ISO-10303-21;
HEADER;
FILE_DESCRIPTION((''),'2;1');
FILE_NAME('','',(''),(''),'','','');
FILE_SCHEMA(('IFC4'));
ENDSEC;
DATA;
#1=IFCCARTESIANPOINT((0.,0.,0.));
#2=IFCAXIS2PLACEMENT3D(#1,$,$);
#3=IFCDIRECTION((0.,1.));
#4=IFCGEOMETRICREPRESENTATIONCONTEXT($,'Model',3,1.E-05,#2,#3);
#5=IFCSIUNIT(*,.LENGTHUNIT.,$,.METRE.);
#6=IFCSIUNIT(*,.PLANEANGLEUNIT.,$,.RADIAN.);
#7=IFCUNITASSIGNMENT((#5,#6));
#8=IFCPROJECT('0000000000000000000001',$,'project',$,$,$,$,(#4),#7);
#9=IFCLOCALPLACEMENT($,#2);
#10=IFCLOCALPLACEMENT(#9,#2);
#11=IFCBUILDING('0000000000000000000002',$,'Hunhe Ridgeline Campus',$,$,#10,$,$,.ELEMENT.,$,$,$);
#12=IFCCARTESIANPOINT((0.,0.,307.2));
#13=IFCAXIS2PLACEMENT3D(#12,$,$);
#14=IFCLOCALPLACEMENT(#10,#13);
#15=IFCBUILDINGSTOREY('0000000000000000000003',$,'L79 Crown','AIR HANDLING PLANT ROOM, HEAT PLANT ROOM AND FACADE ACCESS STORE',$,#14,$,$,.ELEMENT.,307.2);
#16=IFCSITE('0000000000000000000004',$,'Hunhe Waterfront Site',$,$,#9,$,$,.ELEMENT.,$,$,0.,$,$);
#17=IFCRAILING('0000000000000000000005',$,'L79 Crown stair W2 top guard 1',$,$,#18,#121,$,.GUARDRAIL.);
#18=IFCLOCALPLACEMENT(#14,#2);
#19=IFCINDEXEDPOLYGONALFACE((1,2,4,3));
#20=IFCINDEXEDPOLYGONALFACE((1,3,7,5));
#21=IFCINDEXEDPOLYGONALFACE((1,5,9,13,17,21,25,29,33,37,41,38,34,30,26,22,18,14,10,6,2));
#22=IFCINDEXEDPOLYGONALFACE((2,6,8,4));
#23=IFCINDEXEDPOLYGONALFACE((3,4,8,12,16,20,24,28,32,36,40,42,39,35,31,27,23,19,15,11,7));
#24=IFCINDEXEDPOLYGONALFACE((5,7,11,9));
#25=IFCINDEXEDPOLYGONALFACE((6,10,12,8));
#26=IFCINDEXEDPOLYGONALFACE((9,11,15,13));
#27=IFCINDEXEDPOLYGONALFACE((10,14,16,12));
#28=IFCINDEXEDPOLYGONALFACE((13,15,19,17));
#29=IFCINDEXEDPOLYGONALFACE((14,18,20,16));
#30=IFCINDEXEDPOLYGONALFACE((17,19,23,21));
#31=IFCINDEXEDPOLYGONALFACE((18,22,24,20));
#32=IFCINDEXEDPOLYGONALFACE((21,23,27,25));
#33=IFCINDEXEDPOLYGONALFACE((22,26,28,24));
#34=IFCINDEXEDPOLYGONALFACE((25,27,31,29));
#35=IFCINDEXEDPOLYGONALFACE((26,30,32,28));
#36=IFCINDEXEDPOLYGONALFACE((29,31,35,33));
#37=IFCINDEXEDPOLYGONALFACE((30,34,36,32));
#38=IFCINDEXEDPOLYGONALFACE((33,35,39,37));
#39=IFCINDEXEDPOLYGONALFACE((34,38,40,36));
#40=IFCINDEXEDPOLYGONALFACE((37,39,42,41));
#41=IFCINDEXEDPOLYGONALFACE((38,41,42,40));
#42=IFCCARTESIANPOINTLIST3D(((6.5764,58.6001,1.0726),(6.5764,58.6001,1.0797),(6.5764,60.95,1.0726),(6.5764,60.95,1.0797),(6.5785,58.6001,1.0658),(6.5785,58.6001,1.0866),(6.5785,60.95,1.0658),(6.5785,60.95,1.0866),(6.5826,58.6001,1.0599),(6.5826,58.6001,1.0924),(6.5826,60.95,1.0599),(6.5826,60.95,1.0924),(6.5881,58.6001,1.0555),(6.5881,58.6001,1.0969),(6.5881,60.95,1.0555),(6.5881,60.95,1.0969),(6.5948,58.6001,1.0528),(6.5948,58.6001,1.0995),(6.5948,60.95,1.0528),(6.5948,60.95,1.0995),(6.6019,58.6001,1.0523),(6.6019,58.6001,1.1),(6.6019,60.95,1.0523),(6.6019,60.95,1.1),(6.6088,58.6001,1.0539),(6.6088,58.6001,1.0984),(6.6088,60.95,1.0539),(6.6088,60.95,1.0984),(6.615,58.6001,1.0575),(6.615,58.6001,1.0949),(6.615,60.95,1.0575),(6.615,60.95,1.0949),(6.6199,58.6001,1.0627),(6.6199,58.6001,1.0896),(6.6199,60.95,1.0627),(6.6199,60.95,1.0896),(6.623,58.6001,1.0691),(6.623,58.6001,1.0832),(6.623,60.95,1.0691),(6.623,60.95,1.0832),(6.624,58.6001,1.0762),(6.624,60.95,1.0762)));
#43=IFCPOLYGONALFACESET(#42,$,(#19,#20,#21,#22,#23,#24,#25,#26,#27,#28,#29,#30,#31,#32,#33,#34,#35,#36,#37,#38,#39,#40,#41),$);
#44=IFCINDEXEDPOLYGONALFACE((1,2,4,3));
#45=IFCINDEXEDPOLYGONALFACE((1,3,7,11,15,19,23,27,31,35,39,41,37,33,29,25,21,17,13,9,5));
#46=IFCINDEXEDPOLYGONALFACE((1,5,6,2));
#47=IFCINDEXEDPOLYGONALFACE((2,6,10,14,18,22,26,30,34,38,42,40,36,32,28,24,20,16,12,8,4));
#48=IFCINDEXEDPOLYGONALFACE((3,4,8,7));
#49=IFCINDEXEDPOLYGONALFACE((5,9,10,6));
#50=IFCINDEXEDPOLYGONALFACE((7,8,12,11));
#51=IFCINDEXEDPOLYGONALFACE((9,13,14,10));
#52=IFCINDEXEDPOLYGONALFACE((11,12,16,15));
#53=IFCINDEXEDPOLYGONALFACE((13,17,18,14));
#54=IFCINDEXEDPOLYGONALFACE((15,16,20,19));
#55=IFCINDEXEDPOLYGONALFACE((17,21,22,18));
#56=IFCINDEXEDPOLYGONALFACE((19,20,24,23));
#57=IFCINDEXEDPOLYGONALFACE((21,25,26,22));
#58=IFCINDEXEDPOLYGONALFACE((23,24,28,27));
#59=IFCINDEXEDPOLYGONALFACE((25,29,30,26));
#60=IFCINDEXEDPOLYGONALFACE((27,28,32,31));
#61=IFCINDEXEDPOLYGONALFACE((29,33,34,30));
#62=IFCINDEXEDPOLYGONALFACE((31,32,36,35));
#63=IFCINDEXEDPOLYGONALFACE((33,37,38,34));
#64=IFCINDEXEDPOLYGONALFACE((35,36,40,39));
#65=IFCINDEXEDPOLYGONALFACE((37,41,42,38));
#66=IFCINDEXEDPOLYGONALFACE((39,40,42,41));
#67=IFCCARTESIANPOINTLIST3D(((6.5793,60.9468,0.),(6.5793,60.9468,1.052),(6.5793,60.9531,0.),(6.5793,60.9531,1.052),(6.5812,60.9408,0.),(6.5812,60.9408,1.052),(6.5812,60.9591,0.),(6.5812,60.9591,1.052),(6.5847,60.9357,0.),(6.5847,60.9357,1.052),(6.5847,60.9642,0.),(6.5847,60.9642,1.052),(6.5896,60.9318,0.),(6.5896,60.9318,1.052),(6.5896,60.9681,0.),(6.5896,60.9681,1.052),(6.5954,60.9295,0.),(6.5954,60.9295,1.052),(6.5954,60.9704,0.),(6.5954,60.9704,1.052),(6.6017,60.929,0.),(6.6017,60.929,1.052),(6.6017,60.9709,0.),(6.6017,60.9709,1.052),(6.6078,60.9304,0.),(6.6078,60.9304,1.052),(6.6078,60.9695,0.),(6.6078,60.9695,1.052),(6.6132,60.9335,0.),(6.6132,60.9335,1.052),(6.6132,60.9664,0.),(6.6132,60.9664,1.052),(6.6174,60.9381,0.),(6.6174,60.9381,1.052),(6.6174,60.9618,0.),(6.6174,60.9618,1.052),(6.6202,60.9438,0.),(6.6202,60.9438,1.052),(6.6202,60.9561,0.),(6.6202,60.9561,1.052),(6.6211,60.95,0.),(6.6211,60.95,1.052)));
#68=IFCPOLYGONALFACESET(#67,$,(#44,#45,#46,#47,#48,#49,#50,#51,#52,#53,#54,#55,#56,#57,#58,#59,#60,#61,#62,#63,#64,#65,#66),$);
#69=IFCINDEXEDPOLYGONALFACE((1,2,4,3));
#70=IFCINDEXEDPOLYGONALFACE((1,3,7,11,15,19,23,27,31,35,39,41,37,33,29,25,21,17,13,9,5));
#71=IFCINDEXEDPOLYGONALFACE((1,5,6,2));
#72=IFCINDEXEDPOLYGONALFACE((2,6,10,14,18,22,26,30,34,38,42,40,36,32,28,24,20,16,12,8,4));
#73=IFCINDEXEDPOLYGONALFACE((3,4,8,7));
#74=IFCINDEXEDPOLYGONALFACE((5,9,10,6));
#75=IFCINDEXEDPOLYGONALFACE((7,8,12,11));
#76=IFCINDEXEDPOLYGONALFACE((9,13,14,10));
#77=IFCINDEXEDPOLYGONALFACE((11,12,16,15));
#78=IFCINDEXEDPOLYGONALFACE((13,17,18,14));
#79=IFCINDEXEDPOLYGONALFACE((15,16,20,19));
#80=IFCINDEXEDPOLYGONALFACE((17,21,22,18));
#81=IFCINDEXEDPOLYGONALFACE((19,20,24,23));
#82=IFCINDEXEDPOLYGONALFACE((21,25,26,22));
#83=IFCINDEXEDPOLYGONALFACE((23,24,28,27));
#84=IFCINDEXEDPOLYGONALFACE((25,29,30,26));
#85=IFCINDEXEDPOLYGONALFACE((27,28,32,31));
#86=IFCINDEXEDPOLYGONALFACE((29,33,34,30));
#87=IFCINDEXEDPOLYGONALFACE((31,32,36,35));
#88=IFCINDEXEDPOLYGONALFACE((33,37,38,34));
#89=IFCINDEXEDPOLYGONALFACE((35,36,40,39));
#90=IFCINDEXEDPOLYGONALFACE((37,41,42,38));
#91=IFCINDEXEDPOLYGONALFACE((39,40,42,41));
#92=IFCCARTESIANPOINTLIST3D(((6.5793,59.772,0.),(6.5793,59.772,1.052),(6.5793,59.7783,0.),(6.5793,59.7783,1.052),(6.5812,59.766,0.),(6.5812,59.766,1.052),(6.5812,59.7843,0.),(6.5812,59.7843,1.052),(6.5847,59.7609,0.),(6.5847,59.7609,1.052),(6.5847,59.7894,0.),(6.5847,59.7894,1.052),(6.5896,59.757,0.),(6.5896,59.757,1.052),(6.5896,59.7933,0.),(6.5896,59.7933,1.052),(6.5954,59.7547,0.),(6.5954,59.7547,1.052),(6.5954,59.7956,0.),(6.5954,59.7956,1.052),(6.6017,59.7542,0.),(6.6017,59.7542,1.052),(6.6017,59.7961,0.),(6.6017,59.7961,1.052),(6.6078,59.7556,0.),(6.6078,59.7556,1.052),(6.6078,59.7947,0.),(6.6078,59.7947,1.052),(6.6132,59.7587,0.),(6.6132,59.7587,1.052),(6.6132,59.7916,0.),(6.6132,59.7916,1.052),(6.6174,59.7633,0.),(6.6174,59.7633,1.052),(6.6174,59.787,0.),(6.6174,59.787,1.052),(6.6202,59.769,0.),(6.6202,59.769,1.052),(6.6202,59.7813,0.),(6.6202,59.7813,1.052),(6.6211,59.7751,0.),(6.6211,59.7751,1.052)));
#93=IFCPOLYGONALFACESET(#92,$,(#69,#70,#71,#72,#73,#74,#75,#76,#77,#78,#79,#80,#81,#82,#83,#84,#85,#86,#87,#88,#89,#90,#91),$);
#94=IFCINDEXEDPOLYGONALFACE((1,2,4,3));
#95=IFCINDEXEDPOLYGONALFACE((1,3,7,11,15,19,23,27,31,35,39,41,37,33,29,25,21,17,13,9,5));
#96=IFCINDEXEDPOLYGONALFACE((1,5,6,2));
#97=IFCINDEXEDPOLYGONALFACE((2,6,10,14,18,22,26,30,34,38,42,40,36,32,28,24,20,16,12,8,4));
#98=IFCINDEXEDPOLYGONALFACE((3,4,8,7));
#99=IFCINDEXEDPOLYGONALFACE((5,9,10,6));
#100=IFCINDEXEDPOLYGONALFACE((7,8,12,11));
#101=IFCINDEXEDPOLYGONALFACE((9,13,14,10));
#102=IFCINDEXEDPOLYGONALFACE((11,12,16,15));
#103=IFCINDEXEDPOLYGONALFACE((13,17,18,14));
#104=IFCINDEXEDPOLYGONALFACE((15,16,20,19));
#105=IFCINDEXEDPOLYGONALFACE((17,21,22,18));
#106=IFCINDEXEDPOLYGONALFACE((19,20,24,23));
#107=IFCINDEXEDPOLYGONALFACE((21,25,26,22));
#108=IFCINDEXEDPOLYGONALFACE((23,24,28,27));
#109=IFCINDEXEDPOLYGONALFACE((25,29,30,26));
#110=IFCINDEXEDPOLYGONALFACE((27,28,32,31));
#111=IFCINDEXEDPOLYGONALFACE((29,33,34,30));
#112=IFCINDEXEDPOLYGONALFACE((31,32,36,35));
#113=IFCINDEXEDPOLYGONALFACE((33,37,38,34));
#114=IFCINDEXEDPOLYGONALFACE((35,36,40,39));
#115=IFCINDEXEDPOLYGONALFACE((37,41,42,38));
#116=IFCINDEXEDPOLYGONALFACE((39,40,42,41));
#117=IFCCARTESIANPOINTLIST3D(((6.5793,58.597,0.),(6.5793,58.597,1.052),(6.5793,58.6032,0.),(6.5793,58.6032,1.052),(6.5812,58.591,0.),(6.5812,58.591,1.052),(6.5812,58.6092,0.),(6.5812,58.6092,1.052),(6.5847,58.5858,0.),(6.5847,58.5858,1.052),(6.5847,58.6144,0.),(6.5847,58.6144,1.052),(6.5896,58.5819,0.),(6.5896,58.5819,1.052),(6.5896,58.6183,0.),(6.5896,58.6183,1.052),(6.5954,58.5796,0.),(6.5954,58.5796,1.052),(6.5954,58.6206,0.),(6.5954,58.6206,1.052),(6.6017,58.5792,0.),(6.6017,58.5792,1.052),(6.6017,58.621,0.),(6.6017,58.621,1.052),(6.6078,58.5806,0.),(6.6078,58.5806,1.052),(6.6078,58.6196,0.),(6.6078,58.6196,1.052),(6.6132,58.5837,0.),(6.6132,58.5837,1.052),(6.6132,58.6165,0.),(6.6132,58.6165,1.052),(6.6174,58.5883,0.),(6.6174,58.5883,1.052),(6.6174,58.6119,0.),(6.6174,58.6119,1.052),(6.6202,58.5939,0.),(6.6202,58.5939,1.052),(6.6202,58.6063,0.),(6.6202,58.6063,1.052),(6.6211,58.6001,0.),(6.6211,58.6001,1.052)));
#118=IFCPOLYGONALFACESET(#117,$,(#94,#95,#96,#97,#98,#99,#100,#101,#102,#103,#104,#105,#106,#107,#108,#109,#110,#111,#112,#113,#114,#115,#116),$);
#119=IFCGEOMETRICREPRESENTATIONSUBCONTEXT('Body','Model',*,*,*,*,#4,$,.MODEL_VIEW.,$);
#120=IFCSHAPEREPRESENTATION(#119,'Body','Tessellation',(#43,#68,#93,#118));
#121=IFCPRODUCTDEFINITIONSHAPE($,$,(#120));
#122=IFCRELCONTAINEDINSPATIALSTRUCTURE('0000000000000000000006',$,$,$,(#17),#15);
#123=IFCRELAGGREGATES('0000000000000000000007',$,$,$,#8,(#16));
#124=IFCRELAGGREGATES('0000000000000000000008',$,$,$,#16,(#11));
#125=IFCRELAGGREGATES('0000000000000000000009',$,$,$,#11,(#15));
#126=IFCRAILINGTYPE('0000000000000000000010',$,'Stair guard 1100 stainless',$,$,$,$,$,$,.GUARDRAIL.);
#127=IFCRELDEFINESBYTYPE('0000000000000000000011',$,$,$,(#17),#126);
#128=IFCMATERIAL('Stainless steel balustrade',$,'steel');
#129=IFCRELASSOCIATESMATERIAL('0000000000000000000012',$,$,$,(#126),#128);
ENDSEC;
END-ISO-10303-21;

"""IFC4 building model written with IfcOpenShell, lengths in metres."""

from ifc_helpers import new_model, si_unit, direction, frame, origin, origin_2d, place, context, subcontext, project, spatial, circle, extrude, material, type_object, element, save


model = new_model("IFC4")

# Units and contexts
model_context = context("Model", 3, precision=1e-05, world=origin(), true_north=direction((0.0, 1.0)))
body_context = subcontext(model_context, "Body", "Model", "MODEL_VIEW")
ifc_project = project(units=[si_unit("LENGTHUNIT", "METRE"), si_unit("PLANEANGLEUNIT", "RADIAN")], contexts=[model_context])

# Site, building, storey
site_placement = place(None, origin())
site = spatial("IfcSite", under=ifc_project, at=site_placement, Name="Hunhe Waterfront Site", CompositionType="ELEMENT", RefElevation=0.0)
building_placement = place(site_placement, origin())
building = spatial("IfcBuilding", under=site, at=building_placement, Name="Hunhe Ridgeline Campus", CompositionType="ELEMENT")
storey_placement = place(building_placement, frame((0.0, 0.0, 307.2)))
storey = spatial("IfcBuildingStorey", under=building, at=storey_placement, Name="L79 Crown", Description="AIR HANDLING PLANT ROOM, HEAT PLANT ROOM AND FACADE ACCESS STORE", CompositionType="ELEMENT", Elevation=307.2)

# Railing
ifc_material_1 = material(Name="Stainless steel balustrade", Category="steel")
railing_type = type_object("IfcRailingType", Name="Stair guard 1100 stainless", PredefinedType="GUARDRAIL", material=ifc_material_1)
railing_1_placement = place(storey_placement, frame((6.6001, 60.95, 0.0)))
element("IfcRailing", 1, at=railing_1_placement, inside=storey, type_object=railing_type, Name="L79 Crown stair W2 top guard 1", PredefinedType="GUARDRAIL", context=body_context, shape_type="SweptSolid", body=[
    extrude(circle(Radius=0.0239, at=origin_2d()), frame((0.0, 0.0, 1.0762), z_axis=(0.0, -1.0, 0.0), x_axis=(1.0, 0.0, 0.0)), (0.0, 0.0, 1.0), 2.3499),
    extrude(circle(Radius=0.021, at=origin_2d()), origin(), (0.0, 0.0, 1.0), 1.052),
    extrude(circle(Radius=0.021, at=origin_2d()), frame((0.0, -1.1748, 0.0)), (0.0, 0.0, 1.0), 1.052),
    extrude(circle(Radius=0.021, at=origin_2d()), frame((0.0, -2.3499, 0.0)), (0.0, 0.0, 1.0), 1.052),
])

save(model, "model.ifc")
